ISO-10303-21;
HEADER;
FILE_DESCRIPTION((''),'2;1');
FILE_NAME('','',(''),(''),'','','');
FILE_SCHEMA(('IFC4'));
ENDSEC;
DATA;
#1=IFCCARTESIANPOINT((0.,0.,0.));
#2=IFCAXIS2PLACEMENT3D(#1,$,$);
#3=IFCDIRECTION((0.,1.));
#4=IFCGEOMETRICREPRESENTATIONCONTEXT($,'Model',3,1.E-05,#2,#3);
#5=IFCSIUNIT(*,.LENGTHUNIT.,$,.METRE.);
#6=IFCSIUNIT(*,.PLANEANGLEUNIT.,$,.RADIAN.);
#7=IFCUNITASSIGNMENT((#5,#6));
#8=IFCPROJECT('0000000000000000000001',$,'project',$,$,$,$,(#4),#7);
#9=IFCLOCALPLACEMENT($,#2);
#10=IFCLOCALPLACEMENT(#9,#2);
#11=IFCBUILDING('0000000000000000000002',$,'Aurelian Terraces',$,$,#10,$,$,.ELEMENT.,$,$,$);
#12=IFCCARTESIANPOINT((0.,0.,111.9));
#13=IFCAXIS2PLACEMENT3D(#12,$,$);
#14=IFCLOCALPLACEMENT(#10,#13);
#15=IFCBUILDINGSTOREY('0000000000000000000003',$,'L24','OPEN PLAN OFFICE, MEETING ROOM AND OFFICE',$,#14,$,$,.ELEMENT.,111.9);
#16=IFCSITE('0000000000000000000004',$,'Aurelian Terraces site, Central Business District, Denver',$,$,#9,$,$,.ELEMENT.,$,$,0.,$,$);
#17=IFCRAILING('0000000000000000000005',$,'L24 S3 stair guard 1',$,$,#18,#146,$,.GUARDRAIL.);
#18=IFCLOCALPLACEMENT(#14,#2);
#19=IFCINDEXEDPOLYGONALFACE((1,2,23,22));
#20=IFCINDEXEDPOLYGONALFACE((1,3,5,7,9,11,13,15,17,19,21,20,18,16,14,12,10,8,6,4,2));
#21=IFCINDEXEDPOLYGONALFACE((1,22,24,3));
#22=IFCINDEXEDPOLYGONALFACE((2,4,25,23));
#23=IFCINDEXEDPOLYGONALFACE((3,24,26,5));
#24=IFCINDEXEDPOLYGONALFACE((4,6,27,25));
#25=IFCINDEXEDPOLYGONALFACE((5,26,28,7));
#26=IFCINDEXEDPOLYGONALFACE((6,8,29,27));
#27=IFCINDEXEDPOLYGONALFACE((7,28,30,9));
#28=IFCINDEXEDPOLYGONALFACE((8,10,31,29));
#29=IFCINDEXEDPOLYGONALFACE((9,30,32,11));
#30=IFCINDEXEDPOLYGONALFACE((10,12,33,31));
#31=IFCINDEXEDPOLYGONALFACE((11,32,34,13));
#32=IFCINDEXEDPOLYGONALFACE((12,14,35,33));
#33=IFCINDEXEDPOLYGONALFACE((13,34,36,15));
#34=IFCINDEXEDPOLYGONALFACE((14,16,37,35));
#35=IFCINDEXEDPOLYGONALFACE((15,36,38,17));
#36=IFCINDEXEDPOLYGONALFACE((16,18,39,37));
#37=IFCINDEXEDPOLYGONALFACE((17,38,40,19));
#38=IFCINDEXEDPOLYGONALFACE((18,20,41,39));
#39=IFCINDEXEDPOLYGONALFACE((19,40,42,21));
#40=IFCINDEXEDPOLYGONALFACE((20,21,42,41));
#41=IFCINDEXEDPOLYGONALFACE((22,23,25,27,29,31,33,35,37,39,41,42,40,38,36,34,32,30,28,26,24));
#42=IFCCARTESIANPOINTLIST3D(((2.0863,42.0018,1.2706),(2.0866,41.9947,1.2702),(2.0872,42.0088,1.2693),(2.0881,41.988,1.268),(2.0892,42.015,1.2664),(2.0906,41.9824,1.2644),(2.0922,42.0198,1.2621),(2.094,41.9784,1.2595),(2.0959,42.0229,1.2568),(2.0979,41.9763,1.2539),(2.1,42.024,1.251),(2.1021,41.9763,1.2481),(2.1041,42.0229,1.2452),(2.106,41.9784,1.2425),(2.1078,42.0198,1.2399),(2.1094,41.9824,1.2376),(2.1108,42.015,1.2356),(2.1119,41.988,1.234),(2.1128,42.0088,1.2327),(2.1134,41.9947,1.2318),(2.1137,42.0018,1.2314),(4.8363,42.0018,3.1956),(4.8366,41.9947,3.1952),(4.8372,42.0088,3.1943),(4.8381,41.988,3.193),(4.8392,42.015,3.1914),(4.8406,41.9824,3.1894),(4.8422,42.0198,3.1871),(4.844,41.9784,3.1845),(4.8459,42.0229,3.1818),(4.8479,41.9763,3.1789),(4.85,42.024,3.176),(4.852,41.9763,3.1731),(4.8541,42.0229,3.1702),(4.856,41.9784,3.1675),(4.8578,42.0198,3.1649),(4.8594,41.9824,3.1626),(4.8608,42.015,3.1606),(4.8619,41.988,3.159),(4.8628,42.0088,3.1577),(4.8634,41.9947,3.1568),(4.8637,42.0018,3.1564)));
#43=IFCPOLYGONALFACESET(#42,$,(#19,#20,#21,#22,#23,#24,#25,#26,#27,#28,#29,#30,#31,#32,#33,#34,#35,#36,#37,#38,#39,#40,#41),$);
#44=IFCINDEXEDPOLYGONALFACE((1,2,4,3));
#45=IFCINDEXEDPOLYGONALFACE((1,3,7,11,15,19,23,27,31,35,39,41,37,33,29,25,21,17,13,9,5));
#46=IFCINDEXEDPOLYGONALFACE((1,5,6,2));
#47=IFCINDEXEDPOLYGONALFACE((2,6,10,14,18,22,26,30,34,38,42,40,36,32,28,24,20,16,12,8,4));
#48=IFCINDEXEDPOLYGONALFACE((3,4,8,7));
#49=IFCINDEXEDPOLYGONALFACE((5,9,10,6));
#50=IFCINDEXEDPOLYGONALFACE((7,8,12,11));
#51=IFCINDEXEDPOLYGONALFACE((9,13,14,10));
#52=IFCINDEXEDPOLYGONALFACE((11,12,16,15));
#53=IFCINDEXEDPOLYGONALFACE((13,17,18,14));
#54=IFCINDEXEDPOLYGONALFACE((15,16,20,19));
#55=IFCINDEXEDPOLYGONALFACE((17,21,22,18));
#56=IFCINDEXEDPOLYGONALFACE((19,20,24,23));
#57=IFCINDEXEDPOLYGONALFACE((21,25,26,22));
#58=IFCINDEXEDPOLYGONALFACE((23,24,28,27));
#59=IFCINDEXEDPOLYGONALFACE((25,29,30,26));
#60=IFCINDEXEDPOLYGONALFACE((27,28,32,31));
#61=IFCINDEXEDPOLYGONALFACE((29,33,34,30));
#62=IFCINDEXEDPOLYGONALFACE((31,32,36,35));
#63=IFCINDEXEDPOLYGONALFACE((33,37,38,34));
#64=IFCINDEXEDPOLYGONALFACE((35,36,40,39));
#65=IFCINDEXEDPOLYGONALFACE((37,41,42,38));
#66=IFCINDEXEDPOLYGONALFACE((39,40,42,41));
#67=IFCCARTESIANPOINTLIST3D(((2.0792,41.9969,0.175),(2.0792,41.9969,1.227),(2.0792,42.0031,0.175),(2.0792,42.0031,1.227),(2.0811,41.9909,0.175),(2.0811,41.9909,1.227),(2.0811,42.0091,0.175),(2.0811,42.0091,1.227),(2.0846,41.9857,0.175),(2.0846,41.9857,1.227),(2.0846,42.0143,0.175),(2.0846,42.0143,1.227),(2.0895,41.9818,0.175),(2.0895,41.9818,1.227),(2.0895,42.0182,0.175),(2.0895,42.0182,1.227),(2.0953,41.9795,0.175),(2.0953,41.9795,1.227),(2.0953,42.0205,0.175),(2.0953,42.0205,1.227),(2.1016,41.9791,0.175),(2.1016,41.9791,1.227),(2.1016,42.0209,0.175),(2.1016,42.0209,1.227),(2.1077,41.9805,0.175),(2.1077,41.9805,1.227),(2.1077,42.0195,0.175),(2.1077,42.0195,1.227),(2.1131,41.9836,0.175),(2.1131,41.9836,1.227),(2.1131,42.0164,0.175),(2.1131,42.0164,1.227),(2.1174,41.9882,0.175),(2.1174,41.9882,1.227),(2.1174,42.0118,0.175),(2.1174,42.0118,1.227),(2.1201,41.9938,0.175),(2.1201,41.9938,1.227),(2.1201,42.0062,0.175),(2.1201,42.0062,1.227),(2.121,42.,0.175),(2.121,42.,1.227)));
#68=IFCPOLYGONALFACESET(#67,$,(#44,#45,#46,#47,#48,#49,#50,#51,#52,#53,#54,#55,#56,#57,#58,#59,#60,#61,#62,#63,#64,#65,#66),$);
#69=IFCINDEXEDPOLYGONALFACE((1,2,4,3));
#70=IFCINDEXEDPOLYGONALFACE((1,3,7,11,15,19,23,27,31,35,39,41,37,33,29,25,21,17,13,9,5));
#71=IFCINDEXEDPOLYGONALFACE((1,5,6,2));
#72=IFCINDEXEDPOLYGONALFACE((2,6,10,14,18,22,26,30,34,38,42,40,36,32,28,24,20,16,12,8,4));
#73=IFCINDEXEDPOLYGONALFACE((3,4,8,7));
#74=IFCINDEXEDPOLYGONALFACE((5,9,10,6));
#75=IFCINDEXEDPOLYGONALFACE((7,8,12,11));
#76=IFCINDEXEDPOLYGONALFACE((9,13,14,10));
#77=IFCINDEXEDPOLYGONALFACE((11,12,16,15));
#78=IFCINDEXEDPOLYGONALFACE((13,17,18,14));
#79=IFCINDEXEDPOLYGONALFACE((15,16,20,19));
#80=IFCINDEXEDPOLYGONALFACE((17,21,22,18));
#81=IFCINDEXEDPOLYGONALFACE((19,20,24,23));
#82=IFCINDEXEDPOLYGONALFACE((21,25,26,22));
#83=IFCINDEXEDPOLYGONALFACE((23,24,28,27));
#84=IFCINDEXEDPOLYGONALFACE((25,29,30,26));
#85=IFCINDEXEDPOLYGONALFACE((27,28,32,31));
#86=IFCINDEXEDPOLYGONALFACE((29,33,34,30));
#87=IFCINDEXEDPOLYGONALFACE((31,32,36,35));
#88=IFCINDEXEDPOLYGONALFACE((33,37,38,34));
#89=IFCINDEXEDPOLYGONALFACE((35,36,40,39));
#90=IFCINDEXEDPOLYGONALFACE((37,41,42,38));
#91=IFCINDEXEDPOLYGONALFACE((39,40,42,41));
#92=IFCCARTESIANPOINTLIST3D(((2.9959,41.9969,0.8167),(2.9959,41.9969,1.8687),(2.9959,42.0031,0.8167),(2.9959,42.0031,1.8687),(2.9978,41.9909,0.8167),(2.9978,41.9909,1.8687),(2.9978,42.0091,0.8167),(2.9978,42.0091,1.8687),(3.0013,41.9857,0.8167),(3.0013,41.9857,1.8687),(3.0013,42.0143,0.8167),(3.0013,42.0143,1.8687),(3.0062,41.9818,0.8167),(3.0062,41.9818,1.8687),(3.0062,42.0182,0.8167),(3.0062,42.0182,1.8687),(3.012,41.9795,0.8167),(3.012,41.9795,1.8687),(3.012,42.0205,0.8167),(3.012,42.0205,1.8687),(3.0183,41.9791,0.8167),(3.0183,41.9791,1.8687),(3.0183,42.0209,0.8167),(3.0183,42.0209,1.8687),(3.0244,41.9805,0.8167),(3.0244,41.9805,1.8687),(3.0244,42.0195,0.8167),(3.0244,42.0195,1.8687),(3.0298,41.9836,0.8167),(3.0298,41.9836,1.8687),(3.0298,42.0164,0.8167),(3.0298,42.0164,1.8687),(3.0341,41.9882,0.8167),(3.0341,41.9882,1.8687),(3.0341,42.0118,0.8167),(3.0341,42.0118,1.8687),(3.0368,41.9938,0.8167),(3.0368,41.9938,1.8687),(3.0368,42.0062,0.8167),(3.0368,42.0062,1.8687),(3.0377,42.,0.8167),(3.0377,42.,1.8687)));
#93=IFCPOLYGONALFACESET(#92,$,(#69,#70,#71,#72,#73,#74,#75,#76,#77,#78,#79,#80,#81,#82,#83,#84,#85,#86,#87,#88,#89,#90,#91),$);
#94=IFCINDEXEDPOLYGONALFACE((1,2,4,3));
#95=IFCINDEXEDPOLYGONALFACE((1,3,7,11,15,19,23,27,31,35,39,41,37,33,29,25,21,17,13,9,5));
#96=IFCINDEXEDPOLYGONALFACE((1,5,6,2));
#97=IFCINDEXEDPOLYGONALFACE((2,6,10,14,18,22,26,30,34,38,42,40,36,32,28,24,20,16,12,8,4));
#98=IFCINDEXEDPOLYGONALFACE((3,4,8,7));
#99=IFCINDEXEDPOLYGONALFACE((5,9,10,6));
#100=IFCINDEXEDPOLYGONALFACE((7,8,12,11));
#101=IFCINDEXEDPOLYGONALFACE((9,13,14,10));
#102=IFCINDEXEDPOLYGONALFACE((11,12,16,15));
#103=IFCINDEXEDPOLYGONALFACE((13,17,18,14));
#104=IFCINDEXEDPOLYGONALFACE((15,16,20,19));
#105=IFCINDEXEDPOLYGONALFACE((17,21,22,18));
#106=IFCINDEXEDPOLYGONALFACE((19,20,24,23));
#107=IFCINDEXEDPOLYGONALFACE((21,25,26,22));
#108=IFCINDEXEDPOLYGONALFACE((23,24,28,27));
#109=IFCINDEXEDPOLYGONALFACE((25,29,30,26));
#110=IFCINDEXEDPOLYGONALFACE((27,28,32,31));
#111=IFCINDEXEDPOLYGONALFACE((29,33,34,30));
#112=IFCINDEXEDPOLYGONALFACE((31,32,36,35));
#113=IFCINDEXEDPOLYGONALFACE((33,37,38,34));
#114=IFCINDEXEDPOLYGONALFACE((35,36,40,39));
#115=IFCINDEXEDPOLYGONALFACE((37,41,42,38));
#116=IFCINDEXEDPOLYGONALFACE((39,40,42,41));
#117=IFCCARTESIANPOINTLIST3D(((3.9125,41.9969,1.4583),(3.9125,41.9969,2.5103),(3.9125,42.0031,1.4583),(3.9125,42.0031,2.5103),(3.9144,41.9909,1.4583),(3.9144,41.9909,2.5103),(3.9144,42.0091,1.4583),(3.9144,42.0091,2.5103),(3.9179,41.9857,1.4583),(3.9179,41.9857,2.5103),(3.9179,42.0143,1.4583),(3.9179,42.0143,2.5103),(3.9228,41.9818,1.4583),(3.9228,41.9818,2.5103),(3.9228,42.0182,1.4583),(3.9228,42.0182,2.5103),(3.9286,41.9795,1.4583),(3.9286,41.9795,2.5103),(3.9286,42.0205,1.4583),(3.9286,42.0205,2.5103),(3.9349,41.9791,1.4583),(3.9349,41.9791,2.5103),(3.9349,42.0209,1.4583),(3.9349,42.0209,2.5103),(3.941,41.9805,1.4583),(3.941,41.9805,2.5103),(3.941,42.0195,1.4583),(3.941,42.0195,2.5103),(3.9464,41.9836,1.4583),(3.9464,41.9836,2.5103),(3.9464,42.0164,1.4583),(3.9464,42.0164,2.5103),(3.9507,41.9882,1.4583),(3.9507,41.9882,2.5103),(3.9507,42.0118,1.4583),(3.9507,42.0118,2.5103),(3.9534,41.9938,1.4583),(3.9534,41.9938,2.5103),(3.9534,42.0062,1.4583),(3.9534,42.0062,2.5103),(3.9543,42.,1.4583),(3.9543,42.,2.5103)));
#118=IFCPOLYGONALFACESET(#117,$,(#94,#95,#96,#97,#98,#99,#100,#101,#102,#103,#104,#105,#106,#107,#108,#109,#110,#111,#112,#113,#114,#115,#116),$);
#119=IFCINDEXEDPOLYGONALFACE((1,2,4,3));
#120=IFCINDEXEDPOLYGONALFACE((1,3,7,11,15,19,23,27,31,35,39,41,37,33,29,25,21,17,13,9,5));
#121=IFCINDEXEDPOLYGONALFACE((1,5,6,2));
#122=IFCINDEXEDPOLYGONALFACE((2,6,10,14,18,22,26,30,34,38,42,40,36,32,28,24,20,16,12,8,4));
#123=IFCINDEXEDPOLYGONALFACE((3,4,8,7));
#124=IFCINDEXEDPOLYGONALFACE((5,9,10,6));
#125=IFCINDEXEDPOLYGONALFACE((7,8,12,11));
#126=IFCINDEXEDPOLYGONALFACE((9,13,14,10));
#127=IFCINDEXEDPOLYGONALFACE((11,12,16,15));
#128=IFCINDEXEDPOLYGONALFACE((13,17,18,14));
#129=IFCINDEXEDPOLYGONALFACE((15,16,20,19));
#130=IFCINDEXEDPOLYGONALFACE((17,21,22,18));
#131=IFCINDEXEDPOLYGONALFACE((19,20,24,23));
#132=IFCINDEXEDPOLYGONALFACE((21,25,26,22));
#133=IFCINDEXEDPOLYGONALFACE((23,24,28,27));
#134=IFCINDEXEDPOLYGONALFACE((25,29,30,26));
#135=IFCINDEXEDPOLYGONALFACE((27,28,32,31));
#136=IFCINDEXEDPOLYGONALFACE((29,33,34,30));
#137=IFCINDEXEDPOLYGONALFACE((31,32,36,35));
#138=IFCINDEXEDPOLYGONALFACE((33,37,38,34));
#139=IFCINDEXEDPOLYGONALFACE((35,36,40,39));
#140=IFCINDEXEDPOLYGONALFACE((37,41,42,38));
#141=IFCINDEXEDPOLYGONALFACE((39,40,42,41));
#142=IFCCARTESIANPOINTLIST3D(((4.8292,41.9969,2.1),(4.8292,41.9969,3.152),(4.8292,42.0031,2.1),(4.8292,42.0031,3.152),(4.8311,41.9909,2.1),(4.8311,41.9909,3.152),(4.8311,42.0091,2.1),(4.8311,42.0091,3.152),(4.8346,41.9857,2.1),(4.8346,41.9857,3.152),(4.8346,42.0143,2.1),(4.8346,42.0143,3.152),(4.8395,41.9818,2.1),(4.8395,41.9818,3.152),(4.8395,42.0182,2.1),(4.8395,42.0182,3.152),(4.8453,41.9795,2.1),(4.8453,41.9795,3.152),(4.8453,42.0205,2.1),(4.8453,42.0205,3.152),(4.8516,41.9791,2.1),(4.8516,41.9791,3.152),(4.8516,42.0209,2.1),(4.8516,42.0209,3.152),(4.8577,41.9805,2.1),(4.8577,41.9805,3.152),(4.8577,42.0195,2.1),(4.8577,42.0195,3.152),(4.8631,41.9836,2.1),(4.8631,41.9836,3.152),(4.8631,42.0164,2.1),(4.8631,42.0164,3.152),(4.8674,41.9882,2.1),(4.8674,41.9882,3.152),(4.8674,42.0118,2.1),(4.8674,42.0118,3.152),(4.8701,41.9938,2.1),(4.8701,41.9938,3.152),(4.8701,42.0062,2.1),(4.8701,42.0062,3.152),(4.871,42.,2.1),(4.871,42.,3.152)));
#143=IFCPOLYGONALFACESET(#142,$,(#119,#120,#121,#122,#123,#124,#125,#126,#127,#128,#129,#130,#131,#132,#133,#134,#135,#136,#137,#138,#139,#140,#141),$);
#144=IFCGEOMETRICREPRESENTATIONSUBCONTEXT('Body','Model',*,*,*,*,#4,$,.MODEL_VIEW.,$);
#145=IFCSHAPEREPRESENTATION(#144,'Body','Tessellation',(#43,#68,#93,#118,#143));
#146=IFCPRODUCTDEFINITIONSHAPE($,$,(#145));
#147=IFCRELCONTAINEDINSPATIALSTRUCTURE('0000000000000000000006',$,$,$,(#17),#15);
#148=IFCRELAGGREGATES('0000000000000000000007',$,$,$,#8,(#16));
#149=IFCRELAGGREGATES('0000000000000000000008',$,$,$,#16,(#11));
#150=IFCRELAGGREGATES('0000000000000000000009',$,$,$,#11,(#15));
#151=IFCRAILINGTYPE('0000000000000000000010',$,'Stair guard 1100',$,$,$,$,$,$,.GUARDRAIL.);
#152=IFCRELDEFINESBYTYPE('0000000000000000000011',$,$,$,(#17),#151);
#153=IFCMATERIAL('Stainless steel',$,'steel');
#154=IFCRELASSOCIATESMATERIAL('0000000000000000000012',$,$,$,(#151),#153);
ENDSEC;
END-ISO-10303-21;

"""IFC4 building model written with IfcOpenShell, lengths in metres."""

from ifc_helpers import new_model, si_unit, direction, frame, origin, origin_2d, place, context, subcontext, project, spatial, circle, extrude, source, transform, mapped, material, type_object, element, save


model = new_model("IFC4")

# Units and contexts
model_context = context("Model", 3, precision=1e-05, world=origin(), true_north=direction((0.0, 1.0)))
body_context = subcontext(model_context, "Body", "Model", "MODEL_VIEW")
ifc_project = project(units=[si_unit("LENGTHUNIT", "METRE"), si_unit("PLANEANGLEUNIT", "RADIAN")], contexts=[model_context])

# Site, building, storey
site_placement = place(None, origin())
site = spatial("IfcSite", under=ifc_project, at=site_placement, Name="Aurelian Terraces site, Central Business District, Denver", CompositionType="ELEMENT", RefElevation=0.0)
building_placement = place(site_placement, origin())
building = spatial("IfcBuilding", under=site, at=building_placement, Name="Aurelian Terraces", CompositionType="ELEMENT")
storey_placement = place(building_placement, frame((0.0, 0.0, 111.9)))
storey = spatial("IfcBuildingStorey", under=building, at=storey_placement, Name="L24", Description="OPEN PLAN OFFICE, MEETING ROOM AND OFFICE", CompositionType="ELEMENT", Elevation=111.9)

# Railing
ifc_material_1 = material(Name="Stainless steel", Category="steel")
railing_type_1 = type_object("IfcRailingType", Name="Stair guard 1100", PredefinedType="GUARDRAIL", material=ifc_material_1)
shared_shape_1 = source(origin(), body_context, "Body", "SweptSolid", [
    extrude(circle(Radius=0.024, at=origin_2d()), frame((0.0, 0.0, 1.076), z_axis=(0.819232, 0.0, 0.573462), x_axis=(0.0, 1.0, 0.0)), (0.0, 0.0, 1.0), 3.3568),
    extrude(circle(Radius=0.021, at=origin_2d()), origin(), (0.0, 0.0, 1.0), 1.052),
    extrude(circle(Radius=0.021, at=origin_2d()), frame((0.9167, 0.0, 0.6417)), (0.0, 0.0, 1.0), 1.052),
    extrude(circle(Radius=0.021, at=origin_2d()), frame((1.8333, 0.0, 1.2833)), (0.0, 0.0, 1.0), 1.052),
    extrude(circle(Radius=0.021, at=origin_2d()), frame((2.75, 0.0, 1.925)), (0.0, 0.0, 1.0), 1.052),
])
railing_1_placement = place(storey_placement, frame((2.1, 42.0, 0.175)))
element("IfcRailing", 1, at=railing_1_placement, inside=storey, type_object=railing_type_1, Name="L24 S3 stair guard 1", PredefinedType="GUARDRAIL", context=body_context, shape_type="MappedRepresentation", body=[
    mapped(shared_shape_1, transform((0.0, 0.0, 0.0), scale=1.0)),
])

save(model, "model.ifc")
